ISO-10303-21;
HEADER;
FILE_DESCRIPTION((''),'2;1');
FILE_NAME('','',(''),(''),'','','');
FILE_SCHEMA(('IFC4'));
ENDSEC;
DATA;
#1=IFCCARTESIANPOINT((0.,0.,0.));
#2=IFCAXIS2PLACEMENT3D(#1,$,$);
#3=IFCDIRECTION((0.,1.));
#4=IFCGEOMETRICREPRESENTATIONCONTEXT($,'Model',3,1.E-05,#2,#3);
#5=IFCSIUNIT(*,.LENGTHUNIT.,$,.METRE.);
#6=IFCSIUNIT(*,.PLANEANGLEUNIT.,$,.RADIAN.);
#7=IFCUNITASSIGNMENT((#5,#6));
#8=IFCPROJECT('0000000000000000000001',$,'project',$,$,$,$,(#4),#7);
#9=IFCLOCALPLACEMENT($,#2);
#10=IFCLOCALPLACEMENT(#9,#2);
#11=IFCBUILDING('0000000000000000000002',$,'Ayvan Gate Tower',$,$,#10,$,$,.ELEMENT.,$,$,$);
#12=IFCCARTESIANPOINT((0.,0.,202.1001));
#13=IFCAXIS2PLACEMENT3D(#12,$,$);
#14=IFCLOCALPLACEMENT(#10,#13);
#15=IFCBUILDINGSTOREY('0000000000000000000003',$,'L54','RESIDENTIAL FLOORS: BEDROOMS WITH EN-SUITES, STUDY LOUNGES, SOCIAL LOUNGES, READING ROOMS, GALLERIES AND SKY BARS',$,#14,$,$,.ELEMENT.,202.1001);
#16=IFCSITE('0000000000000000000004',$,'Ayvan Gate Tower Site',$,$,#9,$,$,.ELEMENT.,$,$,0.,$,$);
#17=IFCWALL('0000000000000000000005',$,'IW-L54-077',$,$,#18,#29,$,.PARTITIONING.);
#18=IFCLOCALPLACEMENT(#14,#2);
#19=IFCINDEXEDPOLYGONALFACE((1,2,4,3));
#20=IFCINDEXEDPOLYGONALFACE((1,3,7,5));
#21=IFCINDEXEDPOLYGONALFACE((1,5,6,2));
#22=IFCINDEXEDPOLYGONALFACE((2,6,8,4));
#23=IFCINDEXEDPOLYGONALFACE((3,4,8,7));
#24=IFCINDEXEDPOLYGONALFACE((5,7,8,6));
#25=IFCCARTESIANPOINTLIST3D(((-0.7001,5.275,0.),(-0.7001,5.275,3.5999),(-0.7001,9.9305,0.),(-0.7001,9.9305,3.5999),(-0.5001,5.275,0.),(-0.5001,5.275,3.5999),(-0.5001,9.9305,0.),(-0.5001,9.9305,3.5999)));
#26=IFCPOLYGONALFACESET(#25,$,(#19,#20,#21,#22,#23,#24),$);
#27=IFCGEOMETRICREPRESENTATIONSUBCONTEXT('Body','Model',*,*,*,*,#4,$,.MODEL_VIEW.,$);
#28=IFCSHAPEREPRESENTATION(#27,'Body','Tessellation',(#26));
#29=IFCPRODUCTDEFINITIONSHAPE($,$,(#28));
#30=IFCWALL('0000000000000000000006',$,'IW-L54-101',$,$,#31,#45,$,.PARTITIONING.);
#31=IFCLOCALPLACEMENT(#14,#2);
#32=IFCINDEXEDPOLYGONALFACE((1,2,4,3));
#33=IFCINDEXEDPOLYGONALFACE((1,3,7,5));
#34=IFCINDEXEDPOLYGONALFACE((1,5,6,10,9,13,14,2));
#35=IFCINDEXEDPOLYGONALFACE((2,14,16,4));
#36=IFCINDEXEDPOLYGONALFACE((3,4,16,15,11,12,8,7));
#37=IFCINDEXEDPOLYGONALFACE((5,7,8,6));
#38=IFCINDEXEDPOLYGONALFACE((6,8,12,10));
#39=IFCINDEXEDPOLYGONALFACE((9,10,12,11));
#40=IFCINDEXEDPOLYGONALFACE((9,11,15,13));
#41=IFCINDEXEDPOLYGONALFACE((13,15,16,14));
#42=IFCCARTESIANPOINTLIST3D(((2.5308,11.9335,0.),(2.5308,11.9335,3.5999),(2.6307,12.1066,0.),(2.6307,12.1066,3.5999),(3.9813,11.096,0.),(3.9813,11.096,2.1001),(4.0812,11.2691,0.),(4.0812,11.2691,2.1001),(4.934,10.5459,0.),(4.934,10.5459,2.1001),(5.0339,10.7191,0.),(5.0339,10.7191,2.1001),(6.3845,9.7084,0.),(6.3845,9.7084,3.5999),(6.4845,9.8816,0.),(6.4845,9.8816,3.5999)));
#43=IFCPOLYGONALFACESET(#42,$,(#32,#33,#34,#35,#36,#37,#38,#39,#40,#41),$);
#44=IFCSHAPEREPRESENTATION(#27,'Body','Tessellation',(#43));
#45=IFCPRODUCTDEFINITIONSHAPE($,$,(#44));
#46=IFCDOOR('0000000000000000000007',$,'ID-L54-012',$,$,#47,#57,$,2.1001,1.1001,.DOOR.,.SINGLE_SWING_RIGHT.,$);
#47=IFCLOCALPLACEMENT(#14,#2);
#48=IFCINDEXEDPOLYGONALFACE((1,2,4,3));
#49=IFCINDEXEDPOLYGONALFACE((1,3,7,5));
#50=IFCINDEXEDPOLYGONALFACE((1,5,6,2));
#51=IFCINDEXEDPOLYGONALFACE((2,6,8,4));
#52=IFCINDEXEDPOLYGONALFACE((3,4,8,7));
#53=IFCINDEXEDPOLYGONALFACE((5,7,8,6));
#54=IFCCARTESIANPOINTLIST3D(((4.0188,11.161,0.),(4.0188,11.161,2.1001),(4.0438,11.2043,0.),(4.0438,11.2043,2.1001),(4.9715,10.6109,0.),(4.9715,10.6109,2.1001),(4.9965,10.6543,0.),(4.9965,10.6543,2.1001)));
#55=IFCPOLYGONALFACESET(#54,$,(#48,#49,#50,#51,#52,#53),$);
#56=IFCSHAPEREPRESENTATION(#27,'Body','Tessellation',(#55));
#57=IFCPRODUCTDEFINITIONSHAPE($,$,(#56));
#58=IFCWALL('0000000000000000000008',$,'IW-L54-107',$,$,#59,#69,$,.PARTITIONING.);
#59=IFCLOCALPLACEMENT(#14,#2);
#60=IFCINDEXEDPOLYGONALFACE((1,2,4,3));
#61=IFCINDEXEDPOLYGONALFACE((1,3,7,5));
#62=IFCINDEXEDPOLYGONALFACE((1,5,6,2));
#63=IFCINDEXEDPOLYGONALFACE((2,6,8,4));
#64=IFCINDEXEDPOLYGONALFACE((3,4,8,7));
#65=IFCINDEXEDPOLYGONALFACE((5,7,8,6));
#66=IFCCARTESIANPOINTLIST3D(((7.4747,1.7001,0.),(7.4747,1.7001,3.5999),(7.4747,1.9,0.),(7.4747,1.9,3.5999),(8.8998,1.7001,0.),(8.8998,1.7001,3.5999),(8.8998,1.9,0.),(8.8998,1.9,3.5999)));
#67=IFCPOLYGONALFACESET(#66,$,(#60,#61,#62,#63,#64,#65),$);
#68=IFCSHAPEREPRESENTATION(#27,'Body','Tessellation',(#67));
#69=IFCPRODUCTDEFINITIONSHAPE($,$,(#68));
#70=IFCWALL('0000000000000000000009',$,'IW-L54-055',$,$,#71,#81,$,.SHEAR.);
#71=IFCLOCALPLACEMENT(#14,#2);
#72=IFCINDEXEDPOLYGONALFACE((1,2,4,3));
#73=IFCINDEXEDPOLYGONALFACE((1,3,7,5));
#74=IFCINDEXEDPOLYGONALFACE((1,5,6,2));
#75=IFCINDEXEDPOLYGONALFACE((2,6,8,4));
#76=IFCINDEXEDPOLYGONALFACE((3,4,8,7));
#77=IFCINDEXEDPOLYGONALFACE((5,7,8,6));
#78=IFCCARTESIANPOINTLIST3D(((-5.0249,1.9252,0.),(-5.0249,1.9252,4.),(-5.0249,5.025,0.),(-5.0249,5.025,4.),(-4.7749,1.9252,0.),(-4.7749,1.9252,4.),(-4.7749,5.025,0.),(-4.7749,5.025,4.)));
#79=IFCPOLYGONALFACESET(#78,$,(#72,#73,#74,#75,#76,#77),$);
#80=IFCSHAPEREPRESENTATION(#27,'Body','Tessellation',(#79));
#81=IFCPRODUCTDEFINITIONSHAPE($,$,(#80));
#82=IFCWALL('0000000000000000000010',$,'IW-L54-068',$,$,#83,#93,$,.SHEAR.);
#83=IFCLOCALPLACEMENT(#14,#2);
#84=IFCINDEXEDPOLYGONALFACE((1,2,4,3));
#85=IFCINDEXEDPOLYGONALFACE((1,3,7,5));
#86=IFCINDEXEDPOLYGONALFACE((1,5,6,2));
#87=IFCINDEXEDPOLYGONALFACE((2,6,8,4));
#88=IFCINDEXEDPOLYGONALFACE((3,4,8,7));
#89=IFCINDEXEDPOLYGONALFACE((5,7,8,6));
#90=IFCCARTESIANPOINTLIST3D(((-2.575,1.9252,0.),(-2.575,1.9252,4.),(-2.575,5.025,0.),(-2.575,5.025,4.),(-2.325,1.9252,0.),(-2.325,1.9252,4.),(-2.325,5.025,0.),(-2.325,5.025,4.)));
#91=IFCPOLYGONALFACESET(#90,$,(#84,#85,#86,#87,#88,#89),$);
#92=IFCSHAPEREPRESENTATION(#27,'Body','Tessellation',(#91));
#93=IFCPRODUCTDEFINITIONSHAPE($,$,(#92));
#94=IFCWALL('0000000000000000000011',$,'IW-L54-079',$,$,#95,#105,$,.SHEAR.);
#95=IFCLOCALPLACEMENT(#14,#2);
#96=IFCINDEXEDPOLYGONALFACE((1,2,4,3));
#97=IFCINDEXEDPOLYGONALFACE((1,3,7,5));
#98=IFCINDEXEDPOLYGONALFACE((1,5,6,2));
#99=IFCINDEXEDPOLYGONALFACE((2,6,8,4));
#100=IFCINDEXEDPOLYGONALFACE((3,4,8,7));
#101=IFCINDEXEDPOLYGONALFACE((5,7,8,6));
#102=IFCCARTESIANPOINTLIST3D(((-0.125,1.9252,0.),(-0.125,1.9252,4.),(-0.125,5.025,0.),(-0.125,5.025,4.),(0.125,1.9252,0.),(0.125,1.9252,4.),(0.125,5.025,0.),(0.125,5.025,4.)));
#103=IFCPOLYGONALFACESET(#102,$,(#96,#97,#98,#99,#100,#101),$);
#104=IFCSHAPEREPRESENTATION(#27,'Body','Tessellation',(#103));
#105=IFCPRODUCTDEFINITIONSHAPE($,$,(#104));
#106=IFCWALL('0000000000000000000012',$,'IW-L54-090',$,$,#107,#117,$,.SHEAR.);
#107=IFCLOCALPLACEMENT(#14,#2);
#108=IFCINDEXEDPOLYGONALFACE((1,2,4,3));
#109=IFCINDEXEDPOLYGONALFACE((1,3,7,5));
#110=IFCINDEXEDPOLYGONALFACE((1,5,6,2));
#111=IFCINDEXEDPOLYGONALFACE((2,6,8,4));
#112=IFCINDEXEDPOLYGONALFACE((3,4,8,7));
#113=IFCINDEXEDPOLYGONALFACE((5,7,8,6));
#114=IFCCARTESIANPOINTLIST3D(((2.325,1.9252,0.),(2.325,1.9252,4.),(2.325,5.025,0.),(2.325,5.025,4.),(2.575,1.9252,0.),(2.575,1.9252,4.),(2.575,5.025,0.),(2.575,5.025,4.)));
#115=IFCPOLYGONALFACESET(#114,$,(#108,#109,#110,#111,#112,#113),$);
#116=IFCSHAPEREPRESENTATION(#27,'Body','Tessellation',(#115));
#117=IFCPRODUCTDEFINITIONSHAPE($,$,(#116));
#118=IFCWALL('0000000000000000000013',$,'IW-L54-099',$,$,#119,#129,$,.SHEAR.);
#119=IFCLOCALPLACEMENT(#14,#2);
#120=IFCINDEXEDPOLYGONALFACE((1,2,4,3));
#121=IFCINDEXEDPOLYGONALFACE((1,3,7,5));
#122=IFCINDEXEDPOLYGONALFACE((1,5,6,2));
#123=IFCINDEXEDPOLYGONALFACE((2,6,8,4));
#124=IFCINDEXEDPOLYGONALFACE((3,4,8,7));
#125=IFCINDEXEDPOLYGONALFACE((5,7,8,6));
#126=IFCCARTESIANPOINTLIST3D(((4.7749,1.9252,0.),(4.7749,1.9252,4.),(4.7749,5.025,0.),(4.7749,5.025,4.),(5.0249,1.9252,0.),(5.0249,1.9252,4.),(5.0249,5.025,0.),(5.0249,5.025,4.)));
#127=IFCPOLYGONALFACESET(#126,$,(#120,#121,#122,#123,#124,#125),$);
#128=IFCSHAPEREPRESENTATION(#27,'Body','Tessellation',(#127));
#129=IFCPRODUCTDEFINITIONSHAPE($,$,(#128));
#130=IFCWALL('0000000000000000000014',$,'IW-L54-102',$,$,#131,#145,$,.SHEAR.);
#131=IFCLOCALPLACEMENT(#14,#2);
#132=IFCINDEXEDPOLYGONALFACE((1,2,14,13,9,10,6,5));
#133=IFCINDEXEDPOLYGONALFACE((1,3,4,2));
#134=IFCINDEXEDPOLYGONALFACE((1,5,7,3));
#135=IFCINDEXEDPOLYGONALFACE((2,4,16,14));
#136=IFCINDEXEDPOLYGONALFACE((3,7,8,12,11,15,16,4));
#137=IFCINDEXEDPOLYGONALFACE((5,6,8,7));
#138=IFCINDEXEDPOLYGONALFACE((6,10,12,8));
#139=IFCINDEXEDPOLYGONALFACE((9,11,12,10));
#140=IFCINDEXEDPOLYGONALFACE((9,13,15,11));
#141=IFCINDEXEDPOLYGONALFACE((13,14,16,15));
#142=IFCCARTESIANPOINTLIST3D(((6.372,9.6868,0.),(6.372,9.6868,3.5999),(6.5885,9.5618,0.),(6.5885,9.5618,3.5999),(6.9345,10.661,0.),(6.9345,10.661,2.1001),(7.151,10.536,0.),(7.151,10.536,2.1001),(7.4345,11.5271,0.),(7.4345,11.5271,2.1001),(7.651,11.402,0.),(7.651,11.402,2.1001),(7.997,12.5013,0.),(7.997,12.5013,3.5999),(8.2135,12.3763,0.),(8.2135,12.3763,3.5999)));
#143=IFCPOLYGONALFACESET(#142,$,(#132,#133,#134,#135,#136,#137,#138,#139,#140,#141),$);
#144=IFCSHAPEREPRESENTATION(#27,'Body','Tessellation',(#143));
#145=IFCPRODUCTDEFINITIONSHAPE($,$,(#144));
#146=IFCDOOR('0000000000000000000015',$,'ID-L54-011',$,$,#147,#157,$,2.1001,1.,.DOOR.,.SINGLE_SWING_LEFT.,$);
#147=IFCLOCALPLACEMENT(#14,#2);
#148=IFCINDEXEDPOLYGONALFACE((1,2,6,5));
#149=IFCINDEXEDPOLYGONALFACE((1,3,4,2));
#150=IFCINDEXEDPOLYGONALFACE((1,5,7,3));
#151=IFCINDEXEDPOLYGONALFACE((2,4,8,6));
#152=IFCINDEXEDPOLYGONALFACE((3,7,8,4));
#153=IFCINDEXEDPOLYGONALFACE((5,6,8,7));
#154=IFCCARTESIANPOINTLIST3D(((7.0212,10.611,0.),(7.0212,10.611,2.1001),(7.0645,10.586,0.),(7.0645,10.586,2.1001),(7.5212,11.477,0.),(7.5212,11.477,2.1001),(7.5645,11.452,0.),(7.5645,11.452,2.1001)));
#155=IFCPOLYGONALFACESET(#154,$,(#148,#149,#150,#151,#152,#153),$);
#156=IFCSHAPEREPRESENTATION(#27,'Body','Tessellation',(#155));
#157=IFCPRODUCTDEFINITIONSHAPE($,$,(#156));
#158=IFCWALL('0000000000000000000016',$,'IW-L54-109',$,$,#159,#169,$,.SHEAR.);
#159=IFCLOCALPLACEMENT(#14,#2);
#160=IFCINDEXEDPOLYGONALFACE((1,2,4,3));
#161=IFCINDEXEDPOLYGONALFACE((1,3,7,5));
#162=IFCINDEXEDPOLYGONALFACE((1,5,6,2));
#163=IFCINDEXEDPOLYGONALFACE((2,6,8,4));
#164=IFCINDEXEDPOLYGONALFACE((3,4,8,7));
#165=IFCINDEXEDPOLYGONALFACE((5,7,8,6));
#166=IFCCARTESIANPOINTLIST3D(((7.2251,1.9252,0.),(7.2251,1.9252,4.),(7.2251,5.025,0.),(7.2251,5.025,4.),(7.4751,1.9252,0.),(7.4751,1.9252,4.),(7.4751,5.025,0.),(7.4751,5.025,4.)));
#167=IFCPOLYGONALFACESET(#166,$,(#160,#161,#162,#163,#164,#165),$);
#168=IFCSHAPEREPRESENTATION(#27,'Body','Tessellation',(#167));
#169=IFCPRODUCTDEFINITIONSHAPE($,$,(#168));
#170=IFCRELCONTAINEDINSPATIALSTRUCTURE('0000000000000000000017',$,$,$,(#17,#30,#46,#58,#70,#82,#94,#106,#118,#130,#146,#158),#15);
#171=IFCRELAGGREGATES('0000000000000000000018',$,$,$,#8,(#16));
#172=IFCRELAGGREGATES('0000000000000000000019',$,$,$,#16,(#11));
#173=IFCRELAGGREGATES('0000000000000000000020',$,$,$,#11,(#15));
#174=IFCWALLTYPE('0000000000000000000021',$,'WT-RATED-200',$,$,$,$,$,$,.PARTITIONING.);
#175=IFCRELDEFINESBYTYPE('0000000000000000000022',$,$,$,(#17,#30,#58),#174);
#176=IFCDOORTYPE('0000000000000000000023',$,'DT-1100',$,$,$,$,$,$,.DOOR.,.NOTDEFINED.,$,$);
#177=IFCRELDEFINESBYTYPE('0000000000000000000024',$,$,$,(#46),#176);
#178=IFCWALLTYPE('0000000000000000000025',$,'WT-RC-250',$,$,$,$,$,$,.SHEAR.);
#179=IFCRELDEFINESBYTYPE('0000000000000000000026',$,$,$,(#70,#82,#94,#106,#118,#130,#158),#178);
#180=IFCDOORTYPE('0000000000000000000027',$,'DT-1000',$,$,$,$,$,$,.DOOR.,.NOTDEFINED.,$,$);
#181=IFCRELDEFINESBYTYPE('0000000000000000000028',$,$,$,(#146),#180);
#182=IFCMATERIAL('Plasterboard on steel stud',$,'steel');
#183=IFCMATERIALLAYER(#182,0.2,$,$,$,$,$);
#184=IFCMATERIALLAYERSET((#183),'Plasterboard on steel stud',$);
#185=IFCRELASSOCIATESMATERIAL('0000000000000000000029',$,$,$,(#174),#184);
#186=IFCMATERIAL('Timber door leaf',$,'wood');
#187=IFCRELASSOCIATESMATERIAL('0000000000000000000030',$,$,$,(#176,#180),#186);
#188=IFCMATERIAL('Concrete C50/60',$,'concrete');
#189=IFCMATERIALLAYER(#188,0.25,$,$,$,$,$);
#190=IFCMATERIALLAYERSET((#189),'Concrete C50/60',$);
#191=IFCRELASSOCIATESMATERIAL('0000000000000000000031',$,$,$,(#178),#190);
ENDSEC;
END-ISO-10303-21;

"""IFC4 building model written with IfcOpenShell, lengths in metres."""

from ifc_helpers import new_model, si_unit, direction, frame, frame_2d, origin, place, context, subcontext, project, spatial, rectangle, extrude, material, layer, layer_set, type_object, element, fill, save


model = new_model("IFC4")

# Units and contexts
model_context = context("Model", 3, precision=1e-05, world=origin(), true_north=direction((0.0, 1.0)))
body_context = subcontext(model_context, "Body", "Model", "MODEL_VIEW")
ifc_project = project(units=[si_unit("LENGTHUNIT", "METRE"), si_unit("PLANEANGLEUNIT", "RADIAN")], contexts=[model_context])

# Site, building, storey
site_placement = place(None, origin())
site = spatial("IfcSite", under=ifc_project, at=site_placement, Name="Ayvan Gate Tower Site", CompositionType="ELEMENT", RefElevation=0.0)
building_placement = place(site_placement, origin())
building = spatial("IfcBuilding", under=site, at=building_placement, Name="Ayvan Gate Tower", CompositionType="ELEMENT")
storey_placement = place(building_placement, frame((0.0, 0.0, 202.1001)))
storey = spatial("IfcBuildingStorey", under=building, at=storey_placement, Name="L54", Description="RESIDENTIAL FLOORS: BEDROOMS WITH EN-SUITES, STUDY LOUNGES, SOCIAL LOUNGES, READING ROOMS, GALLERIES AND SKY BARS", CompositionType="ELEMENT", Elevation=202.1001)

# Shared definitions
ifc_material_1 = material(Name="Timber door leaf", Category="wood")

# Wall
ifc_material_2 = material(Name="Plasterboard on steel stud", Category="steel")
ifc_layer_1 = layer(ifc_material_2, 0.2)
ifc_layer_set_1 = layer_set([ifc_layer_1], Name="Plasterboard on steel stud")
wall_type_1 = type_object("IfcWallType", Name="WT-RATED-200", PredefinedType="PARTITIONING", material=ifc_layer_set_1)
wall_1_placement = place(storey_placement, frame((-0.6001, 9.9304, 0.0), z_axis=(0.0, 0.0, 1.0), x_axis=(0.0, -1.0, 0.0)))
element("IfcWall", 1, at=wall_1_placement, inside=storey, type_object=wall_type_1, Name="IW-L54-077", PredefinedType="PARTITIONING", context=body_context, shape_type="SweptSolid", body=[
    extrude(rectangle(XDim=4.6555, YDim=0.2, at=frame_2d((2.3276, 0.0))), origin(), (0.0, 0.0, 1.0), 3.5999),
])

# Wall, opening, door
wall_2_placement = place(storey_placement, frame((6.4346, 9.7949, 0.0), z_axis=(0.0, 0.0, 1.0), x_axis=(-0.866013, 0.500022, 0.0)))
wall_2 = element("IfcWall", 2, at=wall_2_placement, inside=storey, type_object=wall_type_1, Name="IW-L54-101", PredefinedType="PARTITIONING", context=body_context, shape_type="SweptSolid", body=[
    extrude(rectangle(XDim=4.45, YDim=0.2, at=frame_2d((2.2251, 0.0))), origin(), (0.0, 0.0, 1.0), 3.5999),
])
opening_1_placement = place(wall_2_placement, frame((1.675, 0.0, 0.0)))
opening_1 = element("IfcOpeningElement", 3, at=opening_1_placement, cuts=wall_2, PredefinedType="OPENING", context=body_context, shape_type="SweptSolid", body=[
    extrude(rectangle(XDim=1.1001, YDim=2.1001, at=frame_2d((0.55, 1.05))), frame((0.0, 0.1099, 0.0), z_axis=(0.0, -1.0, 0.0), x_axis=(1.0, 0.0, 0.0)), (0.0, 0.0, 1.0), 0.22),
])
door_type_1 = type_object("IfcDoorType", Name="DT-1100", OperationType="NOTDEFINED", PredefinedType="DOOR", material=ifc_material_1)
door_1_placement = place(opening_1_placement, origin())
door_1 = element("IfcDoor", 4, at=door_1_placement, inside=storey, type_object=door_type_1, Name="ID-L54-012", OperationType="SINGLE_SWING_RIGHT", OverallHeight=2.1001, OverallWidth=1.1001, PredefinedType="DOOR", context=body_context, shape_type="SweptSolid", body=[
    extrude(rectangle(XDim=1.1001, YDim=2.1001, at=frame_2d((0.55, 1.05))), frame((0.0, 0.0249, 0.0), z_axis=(0.0, -1.0, 0.0), x_axis=(1.0, 0.0, 0.0)), (0.0, 0.0, 1.0), 0.05),
])
fill(opening_1, door_1)

# Walls
wall_3_placement = place(storey_placement, frame((7.4749, 1.8, 0.0), z_axis=(0.0, 0.0, 1.0), x_axis=(1.0, 0.0, 0.0)))
element("IfcWall", 5, at=wall_3_placement, inside=storey, type_object=wall_type_1, Name="IW-L54-107", PredefinedType="PARTITIONING", context=body_context, shape_type="SweptSolid", body=[
    extrude(rectangle(XDim=1.425, YDim=0.2, at=frame_2d((0.7124, 0.0))), origin(), (0.0, 0.0, 1.0), 3.5999),
])
ifc_material_3 = material(Name="Concrete C50/60", Category="concrete")
ifc_layer_2 = layer(ifc_material_3, 0.25)
ifc_layer_set_2 = layer_set([ifc_layer_2], Name="Concrete C50/60")
wall_type_2 = type_object("IfcWallType", Name="WT-RC-250", PredefinedType="SHEAR", material=ifc_layer_set_2)
for number, where, z_axis, x_axis, name in (
    (6, (-4.8999, 5.0249, 0.0), (0.0, 0.0, 1.0), (0.0, -1.0, 0.0), "IW-L54-055"),
    (7, (-2.45, 5.0249, 0.0), (0.0, 0.0, 1.0), (0.0, -1.0, 0.0), "IW-L54-068"),
    (8, (0.0, 5.0249, 0.0), (0.0, 0.0, 1.0), (0.0, -1.0, 0.0), "IW-L54-079"),
    (9, (2.45, 5.0249, 0.0), (0.0, 0.0, 1.0), (0.0, -1.0, 0.0), "IW-L54-090"),
    (10, (4.8999, 5.0249, 0.0), (0.0, 0.0, 1.0), (0.0, -1.0, 0.0), "IW-L54-099"),
):
    element("IfcWall", number, at=place(storey_placement, frame(where, z_axis=z_axis, x_axis=x_axis)), inside=storey, type_object=wall_type_2, Name=name, PredefinedType="SHEAR", context=body_context, shape_type="SweptSolid", body=[
        extrude(rectangle(XDim=3.0999, YDim=0.25, at=frame_2d((1.5498, 0.0))), origin(), (0.0, 0.0, 1.0), 4.0),
    ])

# Wall, opening, door
wall_4_placement = place(storey_placement, frame((6.4802, 9.6243, 0.0), z_axis=(0.0, 0.0, 1.0), x_axis=(0.500017, 0.866015, 0.0)))
wall_4 = element("IfcWall", 11, at=wall_4_placement, inside=storey, type_object=wall_type_2, Name="IW-L54-102", PredefinedType="SHEAR", context=body_context, shape_type="SweptSolid", body=[
    extrude(rectangle(XDim=3.25, YDim=0.25, at=frame_2d((1.625, 0.0))), origin(), (0.0, 0.0, 1.0), 3.5999),
])
opening_2_placement = place(wall_4_placement, frame((1.125, 0.0, 0.0)))
opening_2 = element("IfcOpeningElement", 12, at=opening_2_placement, cuts=wall_4, PredefinedType="OPENING", context=body_context, shape_type="SweptSolid", body=[
    extrude(rectangle(XDim=1.0, YDim=2.1001, at=frame_2d((0.5, 1.05))), frame((0.0, 0.135, 0.0), z_axis=(0.0, -1.0, 0.0), x_axis=(1.0, 0.0, 0.0)), (0.0, 0.0, 1.0), 0.27),
])
door_type_2 = type_object("IfcDoorType", Name="DT-1000", OperationType="NOTDEFINED", PredefinedType="DOOR", material=ifc_material_1)
door_2_placement = place(opening_2_placement, origin())
door_2 = element("IfcDoor", 13, at=door_2_placement, inside=storey, type_object=door_type_2, Name="ID-L54-011", OperationType="SINGLE_SWING_LEFT", OverallHeight=2.1001, OverallWidth=1.0, PredefinedType="DOOR", context=body_context, shape_type="SweptSolid", body=[
    extrude(rectangle(XDim=1.0, YDim=2.1001, at=frame_2d((0.5, 1.05))), frame((0.0, 0.0249, 0.0), z_axis=(0.0, -1.0, 0.0), x_axis=(1.0, 0.0, 0.0)), (0.0, 0.0, 1.0), 0.05),
])
fill(opening_2, door_2)

# Wall
wall_5_placement = place(storey_placement, frame((7.3501, 5.0249, 0.0), z_axis=(0.0, 0.0, 1.0), x_axis=(0.0, -1.0, 0.0)))
element("IfcWall", 14, at=wall_5_placement, inside=storey, type_object=wall_type_2, Name="IW-L54-109", PredefinedType="SHEAR", context=body_context, shape_type="SweptSolid", body=[
    extrude(rectangle(XDim=3.0999, YDim=0.25, at=frame_2d((1.5498, 0.0))), origin(), (0.0, 0.0, 1.0), 4.0),
])

save(model, "model.ifc")
